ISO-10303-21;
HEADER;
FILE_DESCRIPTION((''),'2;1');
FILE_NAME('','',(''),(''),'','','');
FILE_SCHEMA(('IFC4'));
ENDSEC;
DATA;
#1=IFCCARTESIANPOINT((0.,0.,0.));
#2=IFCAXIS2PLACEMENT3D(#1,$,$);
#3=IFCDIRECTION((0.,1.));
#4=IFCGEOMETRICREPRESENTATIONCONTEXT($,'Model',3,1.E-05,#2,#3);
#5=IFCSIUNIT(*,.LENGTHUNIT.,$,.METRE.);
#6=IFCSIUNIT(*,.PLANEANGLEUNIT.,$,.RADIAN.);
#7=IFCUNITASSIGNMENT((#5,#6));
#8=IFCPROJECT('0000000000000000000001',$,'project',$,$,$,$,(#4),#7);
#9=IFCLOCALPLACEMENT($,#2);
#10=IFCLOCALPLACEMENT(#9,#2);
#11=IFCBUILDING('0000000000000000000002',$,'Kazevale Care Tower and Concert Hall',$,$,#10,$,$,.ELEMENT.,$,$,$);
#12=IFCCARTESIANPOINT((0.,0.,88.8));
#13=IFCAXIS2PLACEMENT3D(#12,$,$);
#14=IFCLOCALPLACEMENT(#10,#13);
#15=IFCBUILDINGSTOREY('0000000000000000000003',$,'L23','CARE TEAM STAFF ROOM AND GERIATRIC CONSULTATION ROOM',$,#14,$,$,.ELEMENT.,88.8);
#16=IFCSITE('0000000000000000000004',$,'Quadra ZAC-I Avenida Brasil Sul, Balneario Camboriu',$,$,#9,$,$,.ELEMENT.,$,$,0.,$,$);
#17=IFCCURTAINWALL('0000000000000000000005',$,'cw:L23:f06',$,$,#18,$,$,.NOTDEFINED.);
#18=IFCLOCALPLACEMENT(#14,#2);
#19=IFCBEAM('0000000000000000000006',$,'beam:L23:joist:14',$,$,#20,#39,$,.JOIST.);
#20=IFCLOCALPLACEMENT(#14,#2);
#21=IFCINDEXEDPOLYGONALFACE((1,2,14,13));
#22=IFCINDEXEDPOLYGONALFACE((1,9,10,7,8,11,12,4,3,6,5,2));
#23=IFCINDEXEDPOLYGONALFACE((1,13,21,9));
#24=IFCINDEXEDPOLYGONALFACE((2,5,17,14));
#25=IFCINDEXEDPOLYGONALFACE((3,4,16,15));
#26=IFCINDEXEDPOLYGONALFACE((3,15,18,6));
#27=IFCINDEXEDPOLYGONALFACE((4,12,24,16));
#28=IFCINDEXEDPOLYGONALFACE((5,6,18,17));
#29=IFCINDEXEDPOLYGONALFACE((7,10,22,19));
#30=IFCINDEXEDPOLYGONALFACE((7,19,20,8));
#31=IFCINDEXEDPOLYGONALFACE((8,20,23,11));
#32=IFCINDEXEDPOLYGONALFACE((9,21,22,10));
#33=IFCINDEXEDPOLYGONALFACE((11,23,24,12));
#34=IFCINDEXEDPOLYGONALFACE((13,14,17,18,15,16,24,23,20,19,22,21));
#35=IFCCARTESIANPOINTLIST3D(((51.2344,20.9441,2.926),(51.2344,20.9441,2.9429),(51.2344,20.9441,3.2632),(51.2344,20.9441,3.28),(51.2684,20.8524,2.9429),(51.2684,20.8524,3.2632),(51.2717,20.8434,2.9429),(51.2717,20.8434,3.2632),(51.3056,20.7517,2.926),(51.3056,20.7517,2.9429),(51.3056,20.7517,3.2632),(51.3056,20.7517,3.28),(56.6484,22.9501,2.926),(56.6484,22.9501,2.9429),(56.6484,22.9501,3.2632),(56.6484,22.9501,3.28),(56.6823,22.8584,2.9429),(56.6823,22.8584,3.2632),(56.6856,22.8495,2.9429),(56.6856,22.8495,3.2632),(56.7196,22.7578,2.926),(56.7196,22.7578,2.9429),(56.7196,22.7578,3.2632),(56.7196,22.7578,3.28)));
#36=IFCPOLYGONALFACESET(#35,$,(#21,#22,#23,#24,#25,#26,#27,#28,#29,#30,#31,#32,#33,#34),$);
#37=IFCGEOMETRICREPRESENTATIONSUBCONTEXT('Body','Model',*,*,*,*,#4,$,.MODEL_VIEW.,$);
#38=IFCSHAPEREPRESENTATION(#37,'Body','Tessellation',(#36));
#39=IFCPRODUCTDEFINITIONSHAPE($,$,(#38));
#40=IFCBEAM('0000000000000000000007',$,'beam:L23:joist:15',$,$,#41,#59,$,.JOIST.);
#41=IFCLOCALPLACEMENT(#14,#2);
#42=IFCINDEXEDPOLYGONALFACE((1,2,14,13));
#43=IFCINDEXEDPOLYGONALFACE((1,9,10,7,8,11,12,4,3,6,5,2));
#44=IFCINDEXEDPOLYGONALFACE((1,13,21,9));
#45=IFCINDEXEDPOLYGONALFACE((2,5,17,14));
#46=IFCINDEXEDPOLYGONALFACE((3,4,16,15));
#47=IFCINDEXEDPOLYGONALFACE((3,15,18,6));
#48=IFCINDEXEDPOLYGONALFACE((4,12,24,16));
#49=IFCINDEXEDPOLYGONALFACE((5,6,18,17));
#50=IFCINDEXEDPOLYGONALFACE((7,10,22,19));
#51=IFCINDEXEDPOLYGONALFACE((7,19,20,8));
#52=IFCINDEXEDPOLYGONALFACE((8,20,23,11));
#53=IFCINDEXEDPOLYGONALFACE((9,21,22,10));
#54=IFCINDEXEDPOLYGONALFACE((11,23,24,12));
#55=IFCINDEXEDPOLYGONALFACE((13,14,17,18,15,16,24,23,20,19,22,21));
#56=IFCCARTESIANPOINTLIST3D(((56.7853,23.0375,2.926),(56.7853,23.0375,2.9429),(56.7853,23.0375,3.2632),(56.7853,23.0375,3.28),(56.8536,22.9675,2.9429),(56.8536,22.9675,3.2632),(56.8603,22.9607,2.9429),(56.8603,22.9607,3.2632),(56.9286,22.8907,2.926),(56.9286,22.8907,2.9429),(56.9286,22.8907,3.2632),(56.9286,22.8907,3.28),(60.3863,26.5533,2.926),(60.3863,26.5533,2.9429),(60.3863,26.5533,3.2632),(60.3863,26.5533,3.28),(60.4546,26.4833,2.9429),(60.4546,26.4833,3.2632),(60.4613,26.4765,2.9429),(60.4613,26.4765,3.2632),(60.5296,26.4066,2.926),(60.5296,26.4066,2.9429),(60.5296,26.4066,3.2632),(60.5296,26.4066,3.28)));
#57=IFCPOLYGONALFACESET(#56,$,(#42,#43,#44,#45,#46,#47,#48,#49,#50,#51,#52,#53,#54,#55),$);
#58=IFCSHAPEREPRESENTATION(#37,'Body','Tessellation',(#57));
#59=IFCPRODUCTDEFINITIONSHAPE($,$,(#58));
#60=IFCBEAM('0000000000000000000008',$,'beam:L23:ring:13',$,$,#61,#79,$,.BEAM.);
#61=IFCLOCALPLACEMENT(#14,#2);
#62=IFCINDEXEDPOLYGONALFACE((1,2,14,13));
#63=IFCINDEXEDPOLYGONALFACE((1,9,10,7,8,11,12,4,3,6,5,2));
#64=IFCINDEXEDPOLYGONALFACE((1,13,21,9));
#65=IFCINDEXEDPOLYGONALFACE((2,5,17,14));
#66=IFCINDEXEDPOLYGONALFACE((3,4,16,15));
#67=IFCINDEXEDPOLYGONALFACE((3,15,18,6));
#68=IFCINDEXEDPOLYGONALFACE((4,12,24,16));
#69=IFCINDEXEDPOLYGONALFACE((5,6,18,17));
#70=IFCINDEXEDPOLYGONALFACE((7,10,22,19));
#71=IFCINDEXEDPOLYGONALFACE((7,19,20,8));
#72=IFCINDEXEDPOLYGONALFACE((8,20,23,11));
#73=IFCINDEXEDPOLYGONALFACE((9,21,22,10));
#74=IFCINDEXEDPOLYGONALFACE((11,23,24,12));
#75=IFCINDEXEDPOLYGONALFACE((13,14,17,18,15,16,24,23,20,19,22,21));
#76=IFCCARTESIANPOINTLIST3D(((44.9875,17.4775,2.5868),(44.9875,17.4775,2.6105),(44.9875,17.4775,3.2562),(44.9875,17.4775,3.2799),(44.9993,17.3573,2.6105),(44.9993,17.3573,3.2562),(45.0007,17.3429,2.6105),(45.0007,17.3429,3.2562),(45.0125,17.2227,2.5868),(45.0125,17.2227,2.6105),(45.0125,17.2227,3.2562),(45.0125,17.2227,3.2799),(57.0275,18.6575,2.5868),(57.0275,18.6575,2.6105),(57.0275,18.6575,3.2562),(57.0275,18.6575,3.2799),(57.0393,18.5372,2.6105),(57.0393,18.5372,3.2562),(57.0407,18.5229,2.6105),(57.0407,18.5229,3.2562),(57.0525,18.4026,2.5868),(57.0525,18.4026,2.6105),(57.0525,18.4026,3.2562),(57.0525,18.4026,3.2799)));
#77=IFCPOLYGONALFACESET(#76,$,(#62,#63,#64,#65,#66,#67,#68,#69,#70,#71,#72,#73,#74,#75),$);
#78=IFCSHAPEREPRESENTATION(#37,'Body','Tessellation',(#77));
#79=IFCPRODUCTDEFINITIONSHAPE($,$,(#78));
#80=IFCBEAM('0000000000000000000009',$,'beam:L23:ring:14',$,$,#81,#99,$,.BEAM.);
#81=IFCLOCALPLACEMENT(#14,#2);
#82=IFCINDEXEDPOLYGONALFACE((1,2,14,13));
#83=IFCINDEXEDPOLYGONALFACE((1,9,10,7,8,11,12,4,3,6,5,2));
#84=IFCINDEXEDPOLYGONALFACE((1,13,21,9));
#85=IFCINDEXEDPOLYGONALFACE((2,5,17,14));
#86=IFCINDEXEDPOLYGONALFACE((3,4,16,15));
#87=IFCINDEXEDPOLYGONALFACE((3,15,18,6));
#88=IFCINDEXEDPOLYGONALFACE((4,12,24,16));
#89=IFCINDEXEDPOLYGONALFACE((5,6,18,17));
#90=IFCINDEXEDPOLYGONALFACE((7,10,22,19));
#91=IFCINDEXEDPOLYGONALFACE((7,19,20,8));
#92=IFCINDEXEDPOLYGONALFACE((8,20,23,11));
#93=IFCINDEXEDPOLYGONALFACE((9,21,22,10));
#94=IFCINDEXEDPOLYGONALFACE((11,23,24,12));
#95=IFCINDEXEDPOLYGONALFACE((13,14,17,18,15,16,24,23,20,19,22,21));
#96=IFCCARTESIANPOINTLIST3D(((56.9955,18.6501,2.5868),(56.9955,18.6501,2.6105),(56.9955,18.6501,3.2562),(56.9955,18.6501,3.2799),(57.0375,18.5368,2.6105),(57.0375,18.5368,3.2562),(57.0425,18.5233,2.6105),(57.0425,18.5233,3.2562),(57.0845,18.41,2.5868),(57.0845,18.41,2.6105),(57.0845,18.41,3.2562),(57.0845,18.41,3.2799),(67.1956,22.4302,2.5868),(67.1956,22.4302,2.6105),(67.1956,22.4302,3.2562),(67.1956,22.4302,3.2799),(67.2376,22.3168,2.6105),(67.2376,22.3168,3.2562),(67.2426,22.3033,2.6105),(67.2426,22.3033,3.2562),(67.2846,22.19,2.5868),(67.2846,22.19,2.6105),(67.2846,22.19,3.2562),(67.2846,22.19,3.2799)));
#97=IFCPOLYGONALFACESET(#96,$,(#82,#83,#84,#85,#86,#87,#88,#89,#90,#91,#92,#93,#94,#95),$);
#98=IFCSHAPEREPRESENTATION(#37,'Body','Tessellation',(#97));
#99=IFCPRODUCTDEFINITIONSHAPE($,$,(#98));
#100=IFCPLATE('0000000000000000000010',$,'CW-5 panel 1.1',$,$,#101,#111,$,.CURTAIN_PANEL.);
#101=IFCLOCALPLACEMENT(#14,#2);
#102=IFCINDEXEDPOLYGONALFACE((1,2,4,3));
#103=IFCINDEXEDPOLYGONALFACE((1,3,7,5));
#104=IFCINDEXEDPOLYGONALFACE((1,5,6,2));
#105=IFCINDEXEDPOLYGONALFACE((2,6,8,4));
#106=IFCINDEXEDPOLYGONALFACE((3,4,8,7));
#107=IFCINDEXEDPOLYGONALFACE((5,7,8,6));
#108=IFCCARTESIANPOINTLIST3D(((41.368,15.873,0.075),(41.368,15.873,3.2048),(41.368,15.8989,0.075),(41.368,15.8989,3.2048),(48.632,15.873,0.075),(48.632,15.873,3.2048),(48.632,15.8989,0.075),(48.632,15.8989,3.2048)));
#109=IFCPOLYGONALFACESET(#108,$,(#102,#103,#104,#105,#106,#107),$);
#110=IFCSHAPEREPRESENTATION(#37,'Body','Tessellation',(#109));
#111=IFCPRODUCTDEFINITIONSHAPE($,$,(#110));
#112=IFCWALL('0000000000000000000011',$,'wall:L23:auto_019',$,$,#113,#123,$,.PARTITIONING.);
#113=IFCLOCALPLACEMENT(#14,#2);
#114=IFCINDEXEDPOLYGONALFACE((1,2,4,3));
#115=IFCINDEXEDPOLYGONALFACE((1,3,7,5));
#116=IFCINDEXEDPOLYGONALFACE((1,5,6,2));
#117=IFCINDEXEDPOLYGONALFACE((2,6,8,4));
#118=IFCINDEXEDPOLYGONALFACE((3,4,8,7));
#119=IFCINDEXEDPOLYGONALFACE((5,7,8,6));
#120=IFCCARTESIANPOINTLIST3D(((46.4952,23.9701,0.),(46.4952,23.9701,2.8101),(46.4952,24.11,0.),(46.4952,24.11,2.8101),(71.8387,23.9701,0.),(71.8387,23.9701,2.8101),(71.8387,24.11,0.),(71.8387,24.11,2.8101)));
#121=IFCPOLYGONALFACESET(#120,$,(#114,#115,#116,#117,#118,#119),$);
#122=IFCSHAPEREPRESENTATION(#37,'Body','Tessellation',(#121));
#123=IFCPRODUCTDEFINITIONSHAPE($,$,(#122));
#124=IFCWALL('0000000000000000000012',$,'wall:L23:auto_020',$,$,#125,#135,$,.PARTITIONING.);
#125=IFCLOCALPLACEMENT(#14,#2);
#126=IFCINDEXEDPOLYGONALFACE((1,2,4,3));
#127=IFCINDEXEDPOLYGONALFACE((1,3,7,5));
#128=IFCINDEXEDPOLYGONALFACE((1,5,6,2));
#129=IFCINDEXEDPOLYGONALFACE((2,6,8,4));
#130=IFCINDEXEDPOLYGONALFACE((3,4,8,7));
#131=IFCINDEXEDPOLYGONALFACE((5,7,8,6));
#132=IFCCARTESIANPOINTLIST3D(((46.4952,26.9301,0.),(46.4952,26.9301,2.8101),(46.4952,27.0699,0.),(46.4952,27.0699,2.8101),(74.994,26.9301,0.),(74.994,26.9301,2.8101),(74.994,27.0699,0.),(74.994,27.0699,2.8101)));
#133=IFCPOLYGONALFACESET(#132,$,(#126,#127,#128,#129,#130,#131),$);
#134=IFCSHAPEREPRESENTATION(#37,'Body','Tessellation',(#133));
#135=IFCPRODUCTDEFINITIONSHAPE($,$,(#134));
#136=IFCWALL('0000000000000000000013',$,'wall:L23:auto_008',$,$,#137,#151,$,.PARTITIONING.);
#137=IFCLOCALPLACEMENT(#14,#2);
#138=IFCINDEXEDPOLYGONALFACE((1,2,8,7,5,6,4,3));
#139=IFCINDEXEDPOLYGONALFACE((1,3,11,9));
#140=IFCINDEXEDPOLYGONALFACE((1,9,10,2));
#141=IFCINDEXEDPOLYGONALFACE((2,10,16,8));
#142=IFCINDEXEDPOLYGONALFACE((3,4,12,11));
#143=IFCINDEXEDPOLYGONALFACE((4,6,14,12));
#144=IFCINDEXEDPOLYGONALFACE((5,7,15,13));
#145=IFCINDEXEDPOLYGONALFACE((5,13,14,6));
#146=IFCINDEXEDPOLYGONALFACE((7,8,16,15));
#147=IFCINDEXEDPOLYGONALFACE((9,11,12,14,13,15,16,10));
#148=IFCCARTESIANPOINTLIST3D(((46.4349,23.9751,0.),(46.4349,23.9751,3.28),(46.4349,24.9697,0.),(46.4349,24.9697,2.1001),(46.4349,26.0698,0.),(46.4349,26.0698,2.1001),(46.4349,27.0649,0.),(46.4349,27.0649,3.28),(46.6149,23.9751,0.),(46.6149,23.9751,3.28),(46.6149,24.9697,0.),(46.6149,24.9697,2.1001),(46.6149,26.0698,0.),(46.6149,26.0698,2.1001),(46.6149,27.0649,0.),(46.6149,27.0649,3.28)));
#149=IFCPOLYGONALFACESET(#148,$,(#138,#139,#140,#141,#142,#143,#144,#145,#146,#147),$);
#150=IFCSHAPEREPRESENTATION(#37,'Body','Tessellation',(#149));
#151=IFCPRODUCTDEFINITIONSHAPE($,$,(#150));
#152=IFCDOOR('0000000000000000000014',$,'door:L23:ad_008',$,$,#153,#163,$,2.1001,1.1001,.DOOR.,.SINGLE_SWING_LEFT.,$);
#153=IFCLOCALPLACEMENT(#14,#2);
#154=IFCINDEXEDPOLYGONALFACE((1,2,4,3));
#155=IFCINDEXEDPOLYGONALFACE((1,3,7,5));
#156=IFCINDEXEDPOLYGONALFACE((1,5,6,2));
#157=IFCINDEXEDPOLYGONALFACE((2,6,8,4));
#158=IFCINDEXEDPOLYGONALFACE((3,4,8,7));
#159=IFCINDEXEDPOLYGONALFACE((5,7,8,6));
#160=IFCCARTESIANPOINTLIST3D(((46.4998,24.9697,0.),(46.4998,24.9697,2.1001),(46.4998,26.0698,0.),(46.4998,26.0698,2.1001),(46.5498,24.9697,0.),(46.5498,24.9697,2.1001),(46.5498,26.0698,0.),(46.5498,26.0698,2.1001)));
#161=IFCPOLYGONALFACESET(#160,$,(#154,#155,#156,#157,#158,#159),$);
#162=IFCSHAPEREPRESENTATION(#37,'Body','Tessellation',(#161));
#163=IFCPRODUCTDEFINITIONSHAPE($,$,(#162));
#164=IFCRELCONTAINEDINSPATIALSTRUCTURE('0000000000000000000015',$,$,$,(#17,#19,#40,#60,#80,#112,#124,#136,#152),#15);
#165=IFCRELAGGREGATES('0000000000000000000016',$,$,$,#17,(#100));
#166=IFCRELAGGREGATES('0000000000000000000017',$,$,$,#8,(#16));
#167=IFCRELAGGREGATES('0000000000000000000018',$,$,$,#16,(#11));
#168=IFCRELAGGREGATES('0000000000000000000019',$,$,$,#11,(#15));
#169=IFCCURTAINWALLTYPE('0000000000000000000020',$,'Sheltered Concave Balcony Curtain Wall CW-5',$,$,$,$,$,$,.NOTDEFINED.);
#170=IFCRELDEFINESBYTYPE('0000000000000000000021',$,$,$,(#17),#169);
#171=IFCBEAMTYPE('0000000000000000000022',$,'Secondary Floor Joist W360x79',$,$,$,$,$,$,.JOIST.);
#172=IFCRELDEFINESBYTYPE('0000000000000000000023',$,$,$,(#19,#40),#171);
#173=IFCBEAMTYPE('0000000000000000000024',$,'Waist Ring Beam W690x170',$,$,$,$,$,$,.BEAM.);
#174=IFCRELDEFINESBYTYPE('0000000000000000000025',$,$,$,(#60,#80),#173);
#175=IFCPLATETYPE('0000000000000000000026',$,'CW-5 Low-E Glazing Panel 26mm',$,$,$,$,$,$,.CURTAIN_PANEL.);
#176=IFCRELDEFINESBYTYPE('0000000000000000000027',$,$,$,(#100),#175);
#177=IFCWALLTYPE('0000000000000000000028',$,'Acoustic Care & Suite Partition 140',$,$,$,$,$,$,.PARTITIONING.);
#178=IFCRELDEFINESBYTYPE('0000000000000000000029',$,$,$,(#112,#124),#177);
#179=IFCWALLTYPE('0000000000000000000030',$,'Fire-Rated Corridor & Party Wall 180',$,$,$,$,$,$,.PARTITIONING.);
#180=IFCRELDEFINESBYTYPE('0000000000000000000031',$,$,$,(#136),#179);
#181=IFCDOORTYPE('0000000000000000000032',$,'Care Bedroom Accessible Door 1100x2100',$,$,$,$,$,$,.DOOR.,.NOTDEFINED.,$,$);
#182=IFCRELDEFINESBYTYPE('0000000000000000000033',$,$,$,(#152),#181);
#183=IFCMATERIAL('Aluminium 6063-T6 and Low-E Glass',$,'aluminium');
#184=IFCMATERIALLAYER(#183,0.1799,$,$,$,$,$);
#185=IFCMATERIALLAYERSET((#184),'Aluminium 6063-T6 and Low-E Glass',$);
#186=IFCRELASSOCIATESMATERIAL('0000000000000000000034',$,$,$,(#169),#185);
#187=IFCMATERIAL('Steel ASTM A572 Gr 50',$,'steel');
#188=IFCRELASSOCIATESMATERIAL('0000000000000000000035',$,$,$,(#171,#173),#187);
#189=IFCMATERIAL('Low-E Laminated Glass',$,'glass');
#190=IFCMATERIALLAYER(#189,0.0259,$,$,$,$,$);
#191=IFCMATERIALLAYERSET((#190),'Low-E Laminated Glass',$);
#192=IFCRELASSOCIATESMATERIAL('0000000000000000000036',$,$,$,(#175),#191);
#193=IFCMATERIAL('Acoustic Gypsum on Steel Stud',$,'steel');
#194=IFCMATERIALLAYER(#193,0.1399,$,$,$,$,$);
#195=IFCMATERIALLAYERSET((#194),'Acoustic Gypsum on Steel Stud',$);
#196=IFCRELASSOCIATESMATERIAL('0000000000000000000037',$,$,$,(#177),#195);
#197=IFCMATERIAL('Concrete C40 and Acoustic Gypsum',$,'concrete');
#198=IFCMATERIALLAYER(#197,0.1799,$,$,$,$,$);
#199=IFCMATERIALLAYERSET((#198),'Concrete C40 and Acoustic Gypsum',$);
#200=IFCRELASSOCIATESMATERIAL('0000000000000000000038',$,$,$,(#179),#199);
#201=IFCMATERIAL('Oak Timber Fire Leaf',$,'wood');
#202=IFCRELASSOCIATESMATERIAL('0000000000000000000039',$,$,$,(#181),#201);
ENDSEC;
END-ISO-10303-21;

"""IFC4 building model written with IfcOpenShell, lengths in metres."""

from ifc_helpers import new_model, si_unit, direction, frame, frame_2d, origin, origin_2d, place, context, subcontext, project, spatial, rectangle, i_section, extrude, material, layer, layer_set, material_profile, profile_set, type_object, element, fill, aggregate, save


model = new_model("IFC4")

# Units and contexts
model_context = context("Model", 3, precision=1e-05, world=origin(), true_north=direction((0.0, 1.0)))
body_context = subcontext(model_context, "Body", "Model", "MODEL_VIEW")
ifc_project = project(units=[si_unit("LENGTHUNIT", "METRE"), si_unit("PLANEANGLEUNIT", "RADIAN")], contexts=[model_context])

# Site, building, storey
site_placement = place(None, origin())
site = spatial("IfcSite", under=ifc_project, at=site_placement, Name="Quadra ZAC-I Avenida Brasil Sul, Balneario Camboriu", CompositionType="ELEMENT", RefElevation=0.0)
building_placement = place(site_placement, origin())
building = spatial("IfcBuilding", under=site, at=building_placement, Name="Kazevale Care Tower and Concert Hall", CompositionType="ELEMENT")
storey_placement = place(building_placement, frame((0.0, 0.0, 88.8)))
storey = spatial("IfcBuildingStorey", under=building, at=storey_placement, Name="L23", Description="CARE TEAM STAFF ROOM AND GERIATRIC CONSULTATION ROOM", CompositionType="ELEMENT", Elevation=88.8)

# Shared definitions
ifc_material_1 = material(Name="Aluminium 6063-T6 and Low-E Glass", Category="aluminium")
ifc_layer_1 = layer(ifc_material_1, 0.1799)
ifc_layer_set_1 = layer_set([ifc_layer_1], Name="Aluminium 6063-T6 and Low-E Glass")
curtain_wall_type = type_object("IfcCurtainWallType", Name="Sheltered Concave Balcony Curtain Wall CW-5", PredefinedType="NOTDEFINED", material=ifc_layer_set_1)

# Curtain wall
curtain_wall_1_placement = place(storey_placement, origin())
curtain_wall_1 = element("IfcCurtainWall", 1, at=curtain_wall_1_placement, inside=storey, type_object=curtain_wall_type, Name="cw:L23:f06", PredefinedType="NOTDEFINED")

# Beams
ifc_material_2 = material(Name="Steel ASTM A572 Gr 50", Category="steel")
ifc_material_profile_1 = material_profile(ifc_material_2, i_section(OverallWidth=0.2051, OverallDepth=0.354, WebThickness=0.0095, FlangeThickness=0.0168, at=origin_2d()), Name="W360x79")
ifc_profile_set_1 = profile_set([ifc_material_profile_1], Name="Steel ASTM A572 Gr 50")
beam_type_1 = type_object("IfcBeamType", Name="Secondary Floor Joist W360x79", PredefinedType="JOIST", material=ifc_profile_set_1)
beam_1_placement = place(storey_placement, frame((51.27, 20.8479, 3.103), z_axis=(0.937698, 0.347451, 0.0), x_axis=(-0.347451, 0.937698, 0.0)))
element("IfcBeam", 2, at=beam_1_placement, inside=storey, type_object=beam_type_1, Name="beam:L23:joist:14", PredefinedType="JOIST", context=body_context, shape_type="SweptSolid", body=[
    extrude(i_section(OverallWidth=0.2051, OverallDepth=0.354, WebThickness=0.0095, FlangeThickness=0.0168, at=origin_2d()), origin(), (0.0, 0.0, 1.0), 5.7737),
])
beam_2_placement = place(storey_placement, frame((56.8569, 22.9641, 3.103), z_axis=(0.715521, 0.698591, 0.0), x_axis=(-0.698591, 0.715521, 0.0)))
element("IfcBeam", 3, at=beam_2_placement, inside=storey, type_object=beam_type_1, Name="beam:L23:joist:15", PredefinedType="JOIST", context=body_context, shape_type="SweptSolid", body=[
    extrude(i_section(OverallWidth=0.2051, OverallDepth=0.354, WebThickness=0.0095, FlangeThickness=0.0168, at=origin_2d()), origin(), (0.0, 0.0, 1.0), 5.0327),
])
ifc_material_profile_2 = material_profile(ifc_material_2, i_section(OverallWidth=0.2561, OverallDepth=0.6931, WebThickness=0.0144, FlangeThickness=0.0237, at=origin_2d()), Name="W690x170")
ifc_profile_set_2 = profile_set([ifc_material_profile_2], Name="Steel ASTM A572 Gr 50")
beam_type_2 = type_object("IfcBeamType", Name="Waist Ring Beam W690x170", PredefinedType="BEAM", material=ifc_profile_set_2)
beam_3_placement = place(storey_placement, frame((45.0, 17.3501, 2.9333), z_axis=(0.995232, 0.097533, 0.0), x_axis=(-0.097533, 0.995232, 0.0)))
element("IfcBeam", 4, at=beam_3_placement, inside=storey, type_object=beam_type_2, Name="beam:L23:ring:13", PredefinedType="BEAM", context=body_context, shape_type="SweptSolid", body=[
    extrude(i_section(OverallWidth=0.2561, OverallDepth=0.6931, WebThickness=0.0144, FlangeThickness=0.0237, at=origin_2d()), origin(), (0.0, 0.0, 1.0), 12.0977),
])
beam_4_placement = place(storey_placement, frame((57.04, 18.53, 2.9333), z_axis=(0.937681, 0.347498, 0.0), x_axis=(-0.347498, 0.937681, 0.0)))
element("IfcBeam", 5, at=beam_4_placement, inside=storey, type_object=beam_type_2, Name="beam:L23:ring:14", PredefinedType="BEAM", context=body_context, shape_type="SweptSolid", body=[
    extrude(i_section(OverallWidth=0.2561, OverallDepth=0.6931, WebThickness=0.0144, FlangeThickness=0.0237, at=origin_2d()), origin(), (0.0, 0.0, 1.0), 10.8779),
])

# Plate
ifc_material_3 = material(Name="Low-E Laminated Glass", Category="glass")
ifc_layer_2 = layer(ifc_material_3, 0.0259)
ifc_layer_set_2 = layer_set([ifc_layer_2], Name="Low-E Laminated Glass")
plate_type = type_object("IfcPlateType", Name="CW-5 Low-E Glazing Panel 26mm", PredefinedType="CURTAIN_PANEL", material=ifc_layer_set_2)
plate_placement = place(storey_placement, frame((45.0, 15.886, 0.075), z_axis=(0.0, 0.0, 1.0), x_axis=(-1.0, 0.0, 0.0)))
plate = element("IfcPlate", 6, at=plate_placement, type_object=plate_type, Name="CW-5 panel 1.1", PredefinedType="CURTAIN_PANEL", context=body_context, shape_type="SweptSolid", body=[
    extrude(rectangle(XDim=7.2639, YDim=0.0259, at=origin_2d()), origin(), (0.0, 0.0, 1.0), 3.1299),
])
aggregate(curtain_wall_1, [plate])

# Walls
ifc_material_4 = material(Name="Acoustic Gypsum on Steel Stud", Category="steel")
ifc_layer_3 = layer(ifc_material_4, 0.1399)
ifc_layer_set_3 = layer_set([ifc_layer_3], Name="Acoustic Gypsum on Steel Stud")
wall_type_1 = type_object("IfcWallType", Name="Acoustic Care & Suite Partition 140", PredefinedType="PARTITIONING", material=ifc_layer_set_3)
wall_1_placement = place(storey_placement, frame((46.4951, 24.04, 0.0), z_axis=(0.0, 0.0, 1.0), x_axis=(1.0, 0.0, 0.0)))
element("IfcWall", 7, at=wall_1_placement, inside=storey, type_object=wall_type_1, Name="wall:L23:auto_019", PredefinedType="PARTITIONING", context=body_context, shape_type="SweptSolid", body=[
    extrude(rectangle(XDim=25.3435, YDim=0.1399, at=frame_2d((12.6719, 0.0))), origin(), (0.0, 0.0, 1.0), 2.8101),
])
wall_2_placement = place(storey_placement, frame((46.4951, 27.0, 0.0), z_axis=(0.0, 0.0, 1.0), x_axis=(1.0, 0.0, 0.0)))
element("IfcWall", 8, at=wall_2_placement, inside=storey, type_object=wall_type_1, Name="wall:L23:auto_020", PredefinedType="PARTITIONING", context=body_context, shape_type="SweptSolid", body=[
    extrude(rectangle(XDim=28.4988, YDim=0.1399, at=frame_2d((14.2495, 0.0))), origin(), (0.0, 0.0, 1.0), 2.8101),
])

# Wall, opening, door
ifc_material_5 = material(Name="Concrete C40 and Acoustic Gypsum", Category="concrete")
ifc_layer_4 = layer(ifc_material_5, 0.1799)
ifc_layer_set_4 = layer_set([ifc_layer_4], Name="Concrete C40 and Acoustic Gypsum")
wall_type_2 = type_object("IfcWallType", Name="Fire-Rated Corridor & Party Wall 180", PredefinedType="PARTITIONING", material=ifc_layer_set_4)
ifc_material_6 = material(Name="Oak Timber Fire Leaf", Category="wood")
wall_3_placement = place(storey_placement, frame((46.5249, 27.0649, 0.0), z_axis=(0.0, 0.0, 1.0), x_axis=(0.0, -1.0, 0.0)))
wall_3 = element("IfcWall", 9, at=wall_3_placement, inside=storey, type_object=wall_type_2, Name="wall:L23:auto_008", PredefinedType="PARTITIONING", context=body_context, shape_type="SweptSolid", body=[
    extrude(rectangle(XDim=3.0898, YDim=0.1799, at=frame_2d((1.5449, 0.0))), origin(), (0.0, 0.0, 1.0), 3.28),
])
opening_1_placement = place(wall_3_placement, frame((0.9951, 0.0, 0.0)))
opening_1 = element("IfcOpeningElement", 10, at=opening_1_placement, cuts=wall_3, PredefinedType="OPENING", context=body_context, shape_type="SweptSolid", body=[
    extrude(rectangle(XDim=1.1001, YDim=2.1001, at=frame_2d((0.55, 1.05))), frame((0.0, 0.0999, 0.0), z_axis=(0.0, -1.0, 0.0), x_axis=(1.0, 0.0, 0.0)), (0.0, 0.0, 1.0), 0.2),
])
door_type_1 = type_object("IfcDoorType", Name="Care Bedroom Accessible Door 1100x2100", OperationType="NOTDEFINED", PredefinedType="DOOR", material=ifc_material_6)
door_1_placement = place(opening_1_placement, origin())
door_1 = element("IfcDoor", 11, at=door_1_placement, inside=storey, type_object=door_type_1, Name="door:L23:ad_008", OperationType="SINGLE_SWING_LEFT", OverallHeight=2.1001, OverallWidth=1.1001, PredefinedType="DOOR", context=body_context, shape_type="SweptSolid", body=[
    extrude(rectangle(XDim=1.1001, YDim=2.1001, at=frame_2d((0.55, 1.05))), frame((0.0, 0.0249, 0.0), z_axis=(0.0, -1.0, 0.0), x_axis=(1.0, 0.0, 0.0)), (0.0, 0.0, 1.0), 0.05),
])
fill(opening_1, door_1)

save(model, "model.ifc")
